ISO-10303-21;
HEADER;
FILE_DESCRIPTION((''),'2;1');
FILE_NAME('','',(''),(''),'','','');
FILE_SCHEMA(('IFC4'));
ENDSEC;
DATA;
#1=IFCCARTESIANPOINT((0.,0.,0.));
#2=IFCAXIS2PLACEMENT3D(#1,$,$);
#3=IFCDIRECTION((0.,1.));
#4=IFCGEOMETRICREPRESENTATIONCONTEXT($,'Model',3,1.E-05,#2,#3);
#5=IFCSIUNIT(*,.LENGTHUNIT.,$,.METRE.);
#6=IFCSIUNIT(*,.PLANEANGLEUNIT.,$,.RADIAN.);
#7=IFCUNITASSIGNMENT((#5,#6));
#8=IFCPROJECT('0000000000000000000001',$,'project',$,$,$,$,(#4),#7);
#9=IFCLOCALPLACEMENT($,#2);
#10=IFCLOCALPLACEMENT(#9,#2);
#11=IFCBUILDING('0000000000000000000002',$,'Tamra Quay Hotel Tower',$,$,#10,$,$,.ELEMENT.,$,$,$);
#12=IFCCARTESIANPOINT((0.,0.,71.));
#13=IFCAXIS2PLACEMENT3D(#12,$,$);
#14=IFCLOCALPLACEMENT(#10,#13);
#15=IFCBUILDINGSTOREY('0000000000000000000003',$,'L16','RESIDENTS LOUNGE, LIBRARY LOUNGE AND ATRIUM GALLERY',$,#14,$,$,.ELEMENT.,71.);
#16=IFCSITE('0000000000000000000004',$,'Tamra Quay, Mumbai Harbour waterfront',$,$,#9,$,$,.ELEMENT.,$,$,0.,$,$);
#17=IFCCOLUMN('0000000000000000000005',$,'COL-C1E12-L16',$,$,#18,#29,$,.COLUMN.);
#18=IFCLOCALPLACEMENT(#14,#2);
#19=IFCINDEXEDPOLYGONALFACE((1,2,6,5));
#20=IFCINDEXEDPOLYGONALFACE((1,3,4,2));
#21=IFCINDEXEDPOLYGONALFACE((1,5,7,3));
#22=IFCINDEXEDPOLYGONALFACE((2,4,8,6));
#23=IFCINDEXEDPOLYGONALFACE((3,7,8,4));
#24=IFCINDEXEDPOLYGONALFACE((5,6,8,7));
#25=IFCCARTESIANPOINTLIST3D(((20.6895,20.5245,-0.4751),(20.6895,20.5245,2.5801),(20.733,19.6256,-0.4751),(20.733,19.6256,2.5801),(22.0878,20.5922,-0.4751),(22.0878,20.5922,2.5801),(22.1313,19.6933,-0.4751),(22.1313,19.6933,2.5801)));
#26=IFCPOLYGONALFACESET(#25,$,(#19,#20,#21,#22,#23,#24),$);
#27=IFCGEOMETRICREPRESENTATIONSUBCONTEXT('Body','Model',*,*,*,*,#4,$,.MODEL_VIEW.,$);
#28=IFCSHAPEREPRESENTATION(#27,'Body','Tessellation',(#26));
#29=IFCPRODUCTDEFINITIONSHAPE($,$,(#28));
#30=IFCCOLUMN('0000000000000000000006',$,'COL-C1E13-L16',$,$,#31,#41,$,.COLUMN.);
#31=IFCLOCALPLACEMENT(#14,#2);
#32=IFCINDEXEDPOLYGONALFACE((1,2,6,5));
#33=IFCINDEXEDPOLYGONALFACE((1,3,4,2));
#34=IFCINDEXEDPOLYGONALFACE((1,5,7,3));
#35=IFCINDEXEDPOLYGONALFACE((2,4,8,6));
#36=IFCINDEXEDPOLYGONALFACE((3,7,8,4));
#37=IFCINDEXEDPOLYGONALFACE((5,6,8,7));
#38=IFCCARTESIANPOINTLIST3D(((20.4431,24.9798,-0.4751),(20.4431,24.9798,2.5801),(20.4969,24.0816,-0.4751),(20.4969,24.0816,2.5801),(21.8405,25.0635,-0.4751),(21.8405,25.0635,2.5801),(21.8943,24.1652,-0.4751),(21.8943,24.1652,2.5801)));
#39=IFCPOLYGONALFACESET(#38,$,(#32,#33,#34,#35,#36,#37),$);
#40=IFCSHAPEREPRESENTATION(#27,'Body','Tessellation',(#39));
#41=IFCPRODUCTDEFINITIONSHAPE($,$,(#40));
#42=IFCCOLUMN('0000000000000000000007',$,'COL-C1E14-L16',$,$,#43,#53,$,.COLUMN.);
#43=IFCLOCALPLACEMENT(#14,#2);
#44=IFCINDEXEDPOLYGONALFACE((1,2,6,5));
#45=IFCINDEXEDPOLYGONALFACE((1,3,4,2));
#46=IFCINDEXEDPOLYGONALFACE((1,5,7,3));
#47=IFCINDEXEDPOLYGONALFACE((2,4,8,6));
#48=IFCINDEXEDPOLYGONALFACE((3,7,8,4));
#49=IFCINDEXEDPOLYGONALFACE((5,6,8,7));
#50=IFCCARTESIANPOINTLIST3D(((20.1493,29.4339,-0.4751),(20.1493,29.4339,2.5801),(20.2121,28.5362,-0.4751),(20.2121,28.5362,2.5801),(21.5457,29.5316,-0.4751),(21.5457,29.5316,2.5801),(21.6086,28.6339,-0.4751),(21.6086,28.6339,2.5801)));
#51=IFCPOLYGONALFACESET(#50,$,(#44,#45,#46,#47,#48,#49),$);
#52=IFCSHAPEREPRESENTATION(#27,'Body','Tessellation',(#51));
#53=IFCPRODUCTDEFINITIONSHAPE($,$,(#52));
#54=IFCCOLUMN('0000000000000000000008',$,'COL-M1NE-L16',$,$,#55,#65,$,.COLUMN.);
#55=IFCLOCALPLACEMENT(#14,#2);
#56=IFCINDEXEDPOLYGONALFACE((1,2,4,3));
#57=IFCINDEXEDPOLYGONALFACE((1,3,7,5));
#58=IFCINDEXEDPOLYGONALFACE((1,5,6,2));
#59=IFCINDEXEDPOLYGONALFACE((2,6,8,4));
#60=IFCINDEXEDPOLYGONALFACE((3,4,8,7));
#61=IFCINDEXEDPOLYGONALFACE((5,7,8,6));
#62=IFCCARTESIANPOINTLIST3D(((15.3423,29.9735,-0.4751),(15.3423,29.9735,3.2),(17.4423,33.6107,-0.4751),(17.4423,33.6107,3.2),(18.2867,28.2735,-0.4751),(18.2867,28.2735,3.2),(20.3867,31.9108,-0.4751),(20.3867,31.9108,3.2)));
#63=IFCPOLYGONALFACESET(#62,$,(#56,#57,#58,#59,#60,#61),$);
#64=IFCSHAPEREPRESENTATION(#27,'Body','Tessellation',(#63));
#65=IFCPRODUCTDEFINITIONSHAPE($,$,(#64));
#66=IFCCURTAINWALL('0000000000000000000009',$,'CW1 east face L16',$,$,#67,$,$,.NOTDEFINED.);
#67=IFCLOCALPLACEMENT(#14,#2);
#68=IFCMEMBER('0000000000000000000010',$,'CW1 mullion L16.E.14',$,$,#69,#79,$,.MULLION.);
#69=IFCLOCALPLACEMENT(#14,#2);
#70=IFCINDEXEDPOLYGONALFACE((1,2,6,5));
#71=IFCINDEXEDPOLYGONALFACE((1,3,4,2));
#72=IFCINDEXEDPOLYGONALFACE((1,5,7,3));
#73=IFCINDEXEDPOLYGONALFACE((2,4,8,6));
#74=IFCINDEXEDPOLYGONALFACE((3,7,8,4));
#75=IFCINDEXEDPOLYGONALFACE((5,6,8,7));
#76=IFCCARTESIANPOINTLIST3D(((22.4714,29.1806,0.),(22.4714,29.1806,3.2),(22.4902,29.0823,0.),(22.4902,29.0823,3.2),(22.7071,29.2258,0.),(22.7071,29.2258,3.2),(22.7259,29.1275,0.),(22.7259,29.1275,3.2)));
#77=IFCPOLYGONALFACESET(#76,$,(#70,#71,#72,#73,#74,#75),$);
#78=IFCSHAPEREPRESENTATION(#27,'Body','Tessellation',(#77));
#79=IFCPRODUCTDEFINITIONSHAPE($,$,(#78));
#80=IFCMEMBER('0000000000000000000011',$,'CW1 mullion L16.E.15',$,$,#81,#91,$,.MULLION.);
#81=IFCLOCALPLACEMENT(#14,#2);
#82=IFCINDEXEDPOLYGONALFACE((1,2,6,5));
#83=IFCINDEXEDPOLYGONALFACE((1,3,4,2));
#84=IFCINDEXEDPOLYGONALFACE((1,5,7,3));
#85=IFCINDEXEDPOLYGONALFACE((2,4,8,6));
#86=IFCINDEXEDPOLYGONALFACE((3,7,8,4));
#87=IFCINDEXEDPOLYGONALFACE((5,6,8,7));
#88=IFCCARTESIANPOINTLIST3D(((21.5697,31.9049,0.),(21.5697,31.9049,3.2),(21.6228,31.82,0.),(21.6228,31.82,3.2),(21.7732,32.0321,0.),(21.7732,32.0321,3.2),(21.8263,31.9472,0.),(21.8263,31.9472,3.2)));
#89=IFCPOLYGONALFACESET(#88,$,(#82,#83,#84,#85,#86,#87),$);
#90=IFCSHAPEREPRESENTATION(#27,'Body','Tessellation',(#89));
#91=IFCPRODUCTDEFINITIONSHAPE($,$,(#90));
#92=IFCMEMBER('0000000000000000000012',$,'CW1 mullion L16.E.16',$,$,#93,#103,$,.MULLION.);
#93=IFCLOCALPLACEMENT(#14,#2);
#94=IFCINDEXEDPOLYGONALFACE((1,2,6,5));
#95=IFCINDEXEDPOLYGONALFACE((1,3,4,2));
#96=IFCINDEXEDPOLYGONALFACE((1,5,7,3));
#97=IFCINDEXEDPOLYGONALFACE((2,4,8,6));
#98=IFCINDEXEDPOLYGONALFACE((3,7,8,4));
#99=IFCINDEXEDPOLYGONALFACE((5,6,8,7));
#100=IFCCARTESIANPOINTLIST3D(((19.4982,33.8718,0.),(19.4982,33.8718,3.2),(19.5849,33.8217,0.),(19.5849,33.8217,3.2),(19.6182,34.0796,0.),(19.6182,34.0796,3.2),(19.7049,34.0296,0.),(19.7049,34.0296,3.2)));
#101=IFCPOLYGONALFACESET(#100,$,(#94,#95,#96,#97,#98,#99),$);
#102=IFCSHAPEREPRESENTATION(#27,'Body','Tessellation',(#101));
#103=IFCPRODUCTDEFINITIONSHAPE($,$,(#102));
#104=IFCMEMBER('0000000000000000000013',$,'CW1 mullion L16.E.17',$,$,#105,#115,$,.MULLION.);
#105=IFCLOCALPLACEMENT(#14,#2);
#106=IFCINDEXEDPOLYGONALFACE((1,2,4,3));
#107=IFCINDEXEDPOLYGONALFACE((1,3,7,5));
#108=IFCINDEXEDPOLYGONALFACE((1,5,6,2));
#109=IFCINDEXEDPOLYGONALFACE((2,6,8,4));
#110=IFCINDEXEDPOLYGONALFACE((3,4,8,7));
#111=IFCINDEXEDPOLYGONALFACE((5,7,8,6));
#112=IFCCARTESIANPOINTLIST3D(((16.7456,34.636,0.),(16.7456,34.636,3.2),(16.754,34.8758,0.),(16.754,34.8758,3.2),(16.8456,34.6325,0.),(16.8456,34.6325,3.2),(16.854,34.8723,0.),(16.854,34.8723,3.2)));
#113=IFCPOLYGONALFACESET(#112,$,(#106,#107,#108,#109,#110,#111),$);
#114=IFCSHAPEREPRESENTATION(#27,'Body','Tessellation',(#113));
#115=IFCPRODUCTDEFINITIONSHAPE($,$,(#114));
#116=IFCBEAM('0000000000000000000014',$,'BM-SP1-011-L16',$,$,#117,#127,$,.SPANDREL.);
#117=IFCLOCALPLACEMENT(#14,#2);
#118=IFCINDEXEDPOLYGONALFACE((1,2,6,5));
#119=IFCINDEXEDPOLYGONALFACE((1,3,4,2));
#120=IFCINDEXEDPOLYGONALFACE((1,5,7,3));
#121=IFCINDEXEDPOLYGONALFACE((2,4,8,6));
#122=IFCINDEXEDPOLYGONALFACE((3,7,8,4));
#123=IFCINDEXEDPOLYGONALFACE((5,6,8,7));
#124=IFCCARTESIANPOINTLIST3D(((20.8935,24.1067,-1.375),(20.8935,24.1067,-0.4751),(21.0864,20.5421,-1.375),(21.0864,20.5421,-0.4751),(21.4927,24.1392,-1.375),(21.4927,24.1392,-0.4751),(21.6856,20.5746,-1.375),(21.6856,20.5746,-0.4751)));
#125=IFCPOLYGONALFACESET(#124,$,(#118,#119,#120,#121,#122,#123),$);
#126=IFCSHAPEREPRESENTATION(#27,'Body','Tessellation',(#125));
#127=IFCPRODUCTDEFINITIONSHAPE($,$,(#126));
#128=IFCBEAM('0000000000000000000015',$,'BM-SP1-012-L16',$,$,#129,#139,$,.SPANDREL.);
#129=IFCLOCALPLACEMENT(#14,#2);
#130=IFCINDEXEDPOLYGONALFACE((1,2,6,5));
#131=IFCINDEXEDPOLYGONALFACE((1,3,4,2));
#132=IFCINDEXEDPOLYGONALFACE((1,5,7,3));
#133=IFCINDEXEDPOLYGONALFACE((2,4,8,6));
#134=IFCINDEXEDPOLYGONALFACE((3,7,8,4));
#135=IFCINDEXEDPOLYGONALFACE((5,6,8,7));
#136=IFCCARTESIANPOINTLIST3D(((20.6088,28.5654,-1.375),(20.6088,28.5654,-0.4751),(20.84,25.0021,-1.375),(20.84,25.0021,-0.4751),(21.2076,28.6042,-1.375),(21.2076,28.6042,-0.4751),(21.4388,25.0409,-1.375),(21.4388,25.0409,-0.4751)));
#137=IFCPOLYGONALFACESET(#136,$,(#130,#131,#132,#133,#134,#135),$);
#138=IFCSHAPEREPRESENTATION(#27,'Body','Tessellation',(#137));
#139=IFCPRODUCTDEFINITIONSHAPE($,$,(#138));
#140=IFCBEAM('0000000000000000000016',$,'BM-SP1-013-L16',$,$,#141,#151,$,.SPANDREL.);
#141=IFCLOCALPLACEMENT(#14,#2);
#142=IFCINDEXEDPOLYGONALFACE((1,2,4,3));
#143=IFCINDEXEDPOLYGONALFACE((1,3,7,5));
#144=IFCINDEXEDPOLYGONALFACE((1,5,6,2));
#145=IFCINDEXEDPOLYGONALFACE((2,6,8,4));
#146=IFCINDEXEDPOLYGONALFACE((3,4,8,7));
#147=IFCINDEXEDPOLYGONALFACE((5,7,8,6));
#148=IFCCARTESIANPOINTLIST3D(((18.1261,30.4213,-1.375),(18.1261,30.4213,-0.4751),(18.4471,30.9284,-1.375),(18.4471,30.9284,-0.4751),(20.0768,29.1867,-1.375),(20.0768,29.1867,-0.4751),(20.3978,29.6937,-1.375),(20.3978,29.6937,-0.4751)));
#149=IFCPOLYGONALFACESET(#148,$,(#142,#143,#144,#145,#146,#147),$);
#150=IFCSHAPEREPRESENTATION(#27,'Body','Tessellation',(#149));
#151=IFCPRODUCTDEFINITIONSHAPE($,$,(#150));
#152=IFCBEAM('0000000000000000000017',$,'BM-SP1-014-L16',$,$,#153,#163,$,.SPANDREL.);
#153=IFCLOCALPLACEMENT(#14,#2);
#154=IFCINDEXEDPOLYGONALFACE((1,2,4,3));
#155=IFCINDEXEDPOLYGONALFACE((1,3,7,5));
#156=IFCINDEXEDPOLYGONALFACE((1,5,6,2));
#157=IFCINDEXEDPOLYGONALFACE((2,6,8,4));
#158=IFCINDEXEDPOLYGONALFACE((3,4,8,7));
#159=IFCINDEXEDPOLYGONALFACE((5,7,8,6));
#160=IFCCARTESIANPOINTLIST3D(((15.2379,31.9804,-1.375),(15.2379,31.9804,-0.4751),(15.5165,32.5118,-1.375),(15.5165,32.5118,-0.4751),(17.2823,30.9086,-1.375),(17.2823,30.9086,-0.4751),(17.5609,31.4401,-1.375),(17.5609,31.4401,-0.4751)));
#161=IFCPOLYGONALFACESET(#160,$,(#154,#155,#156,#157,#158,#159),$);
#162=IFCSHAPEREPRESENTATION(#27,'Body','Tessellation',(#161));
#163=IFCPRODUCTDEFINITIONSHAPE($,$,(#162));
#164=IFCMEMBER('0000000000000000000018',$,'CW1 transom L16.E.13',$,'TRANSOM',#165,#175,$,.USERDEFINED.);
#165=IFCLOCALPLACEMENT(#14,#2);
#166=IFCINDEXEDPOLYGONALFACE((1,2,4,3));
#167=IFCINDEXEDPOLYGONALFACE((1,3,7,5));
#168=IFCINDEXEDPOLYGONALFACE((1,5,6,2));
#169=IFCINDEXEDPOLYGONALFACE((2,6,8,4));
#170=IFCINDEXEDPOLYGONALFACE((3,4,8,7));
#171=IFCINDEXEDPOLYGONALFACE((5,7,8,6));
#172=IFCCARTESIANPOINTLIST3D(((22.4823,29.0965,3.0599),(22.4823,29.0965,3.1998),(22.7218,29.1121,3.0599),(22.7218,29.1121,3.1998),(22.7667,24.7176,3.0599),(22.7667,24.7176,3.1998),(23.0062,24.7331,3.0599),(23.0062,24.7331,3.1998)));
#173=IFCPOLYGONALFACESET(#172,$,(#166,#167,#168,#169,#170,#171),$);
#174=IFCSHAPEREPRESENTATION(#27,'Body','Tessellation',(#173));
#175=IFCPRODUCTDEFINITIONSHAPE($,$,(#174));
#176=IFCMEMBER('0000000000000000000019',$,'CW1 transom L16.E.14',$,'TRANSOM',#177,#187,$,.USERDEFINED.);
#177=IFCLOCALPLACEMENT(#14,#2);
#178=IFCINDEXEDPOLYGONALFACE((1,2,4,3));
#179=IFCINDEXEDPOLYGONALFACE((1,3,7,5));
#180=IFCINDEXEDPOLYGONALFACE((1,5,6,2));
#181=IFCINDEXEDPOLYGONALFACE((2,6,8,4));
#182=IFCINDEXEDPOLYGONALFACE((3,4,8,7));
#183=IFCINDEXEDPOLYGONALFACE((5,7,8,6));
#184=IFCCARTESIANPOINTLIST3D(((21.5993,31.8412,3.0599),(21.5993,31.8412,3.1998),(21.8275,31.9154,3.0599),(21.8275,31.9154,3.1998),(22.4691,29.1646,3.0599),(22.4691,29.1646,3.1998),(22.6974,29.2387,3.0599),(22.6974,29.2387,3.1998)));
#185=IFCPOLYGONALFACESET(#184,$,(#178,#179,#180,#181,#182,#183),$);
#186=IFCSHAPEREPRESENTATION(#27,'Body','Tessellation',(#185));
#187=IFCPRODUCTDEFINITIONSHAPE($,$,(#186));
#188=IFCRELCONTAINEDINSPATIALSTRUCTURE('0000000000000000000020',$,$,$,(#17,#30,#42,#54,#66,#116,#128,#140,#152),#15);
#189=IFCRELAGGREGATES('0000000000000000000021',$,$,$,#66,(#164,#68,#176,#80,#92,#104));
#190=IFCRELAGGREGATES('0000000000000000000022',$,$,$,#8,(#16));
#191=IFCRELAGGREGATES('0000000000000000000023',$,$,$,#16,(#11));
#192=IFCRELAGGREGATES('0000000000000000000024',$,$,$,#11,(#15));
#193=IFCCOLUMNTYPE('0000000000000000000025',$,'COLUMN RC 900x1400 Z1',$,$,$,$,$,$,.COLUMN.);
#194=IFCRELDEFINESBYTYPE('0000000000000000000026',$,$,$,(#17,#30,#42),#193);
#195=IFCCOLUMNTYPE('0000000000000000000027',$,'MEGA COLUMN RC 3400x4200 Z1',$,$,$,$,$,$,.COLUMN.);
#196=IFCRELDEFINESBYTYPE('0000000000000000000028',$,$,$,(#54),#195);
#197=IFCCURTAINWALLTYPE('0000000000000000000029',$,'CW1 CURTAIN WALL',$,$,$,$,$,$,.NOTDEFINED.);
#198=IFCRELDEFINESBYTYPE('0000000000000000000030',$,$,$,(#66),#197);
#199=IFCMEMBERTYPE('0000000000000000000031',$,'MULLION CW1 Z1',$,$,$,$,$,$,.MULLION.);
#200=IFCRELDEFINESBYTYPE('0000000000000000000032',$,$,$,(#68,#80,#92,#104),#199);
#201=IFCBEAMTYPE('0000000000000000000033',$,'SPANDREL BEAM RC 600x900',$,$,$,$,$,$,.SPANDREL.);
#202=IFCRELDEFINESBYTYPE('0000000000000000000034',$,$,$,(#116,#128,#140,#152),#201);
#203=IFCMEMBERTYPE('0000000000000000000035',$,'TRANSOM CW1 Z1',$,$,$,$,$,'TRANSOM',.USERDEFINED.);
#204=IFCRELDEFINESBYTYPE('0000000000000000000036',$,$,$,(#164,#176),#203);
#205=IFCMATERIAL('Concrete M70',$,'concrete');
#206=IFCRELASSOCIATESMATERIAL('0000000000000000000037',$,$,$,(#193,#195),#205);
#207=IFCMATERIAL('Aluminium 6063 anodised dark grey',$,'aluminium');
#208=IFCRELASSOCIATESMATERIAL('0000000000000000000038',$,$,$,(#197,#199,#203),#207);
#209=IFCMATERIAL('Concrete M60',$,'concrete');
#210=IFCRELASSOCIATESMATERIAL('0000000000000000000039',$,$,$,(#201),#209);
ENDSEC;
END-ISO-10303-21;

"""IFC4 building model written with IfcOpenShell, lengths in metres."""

from ifc_helpers import new_model, si_unit, direction, frame, origin, origin_2d, place, context, subcontext, project, spatial, rectangle, extrude, material, material_profile, profile_set, type_object, element, aggregate, save


model = new_model("IFC4")

# Units and contexts
model_context = context("Model", 3, precision=1e-05, world=origin(), true_north=direction((0.0, 1.0)))
body_context = subcontext(model_context, "Body", "Model", "MODEL_VIEW")
ifc_project = project(units=[si_unit("LENGTHUNIT", "METRE"), si_unit("PLANEANGLEUNIT", "RADIAN")], contexts=[model_context])

# Site, building, storey
site_placement = place(None, origin())
site = spatial("IfcSite", under=ifc_project, at=site_placement, Name="Tamra Quay, Mumbai Harbour waterfront", CompositionType="ELEMENT", RefElevation=0.0)
building_placement = place(site_placement, origin())
building = spatial("IfcBuilding", under=site, at=building_placement, Name="Tamra Quay Hotel Tower", CompositionType="ELEMENT")
storey_placement = place(building_placement, frame((0.0, 0.0, 71.0)))
storey = spatial("IfcBuildingStorey", under=building, at=storey_placement, Name="L16", Description="RESIDENTS LOUNGE, LIBRARY LOUNGE AND ATRIUM GALLERY", CompositionType="ELEMENT", Elevation=71.0)

# Columns
ifc_material_1 = material(Name="Concrete M70", Category="concrete")
ifc_material_profile_1 = material_profile(ifc_material_1, rectangle(XDim=1.3999, YDim=0.8999, at=origin_2d()), Name="COLUMN RC 900x1400 Z1")
ifc_profile_set_1 = profile_set([ifc_material_profile_1], Name="Concrete M70")
column_type_1 = type_object("IfcColumnType", Name="COLUMN RC 900x1400 Z1", PredefinedType="COLUMN", material=ifc_profile_set_1)
for number, where, z_axis, x_axis, name in (
    (1, (21.4104, 20.1089, -0.4751), (0.0, 0.0, 1.0), (0.998831, 0.048344, 0.0), "COL-C1E12-L16"),
    (2, (21.1687, 24.5725, -0.4751), (0.0, 0.0, 1.0), (0.998214, 0.059733, 0.0), "COL-C1E13-L16"),
    (3, (20.8789, 29.0339, -0.4751), (0.0, 0.0, 1.0), (0.997562, 0.06979, 0.0), "COL-C1E14-L16"),
):
    element("IfcColumn", number, at=place(storey_placement, frame(where, z_axis=z_axis, x_axis=x_axis)), inside=storey, type_object=column_type_1, Name=name, PredefinedType="COLUMN", context=body_context, shape_type="SweptSolid", body=[
        extrude(rectangle(XDim=1.3999, YDim=0.8999, at=origin_2d()), origin(), (0.0, 0.0, 1.0), 3.0552),
    ])
ifc_material_profile_2 = material_profile(ifc_material_1, rectangle(XDim=4.2, YDim=3.3999, at=origin_2d()), Name="MEGA COLUMN RC 3400x4200 Z1")
ifc_profile_set_2 = profile_set([ifc_material_profile_2], Name="Concrete M70")
column_type_2 = type_object("IfcColumnType", Name="MEGA COLUMN RC 3400x4200 Z1", PredefinedType="COLUMN", material=ifc_profile_set_2)
column_placement = place(storey_placement, frame((17.8645, 30.9421, -0.4751), z_axis=(0.0, 0.0, 1.0), x_axis=(0.5, 0.866025, 0.0)))
element("IfcColumn", 4, at=column_placement, inside=storey, type_object=column_type_2, Name="COL-M1NE-L16", PredefinedType="COLUMN", context=body_context, shape_type="SweptSolid", body=[
    extrude(rectangle(XDim=4.2, YDim=3.3999, at=origin_2d()), origin(), (0.0, 0.0, 1.0), 3.675),
])

# Curtain wall, members
ifc_material_2 = material(Name="Aluminium 6063 anodised dark grey", Category="aluminium")
curtain_wall_type = type_object("IfcCurtainWallType", Name="CW1 CURTAIN WALL", PredefinedType="NOTDEFINED", material=ifc_material_2)
curtain_wall_placement = place(storey_placement, origin())
curtain_wall = element("IfcCurtainWall", 5, at=curtain_wall_placement, inside=storey, type_object=curtain_wall_type, Name="CW1 east face L16", PredefinedType="NOTDEFINED")
ifc_material_profile_3 = material_profile(ifc_material_2, rectangle(XDim=0.24, YDim=0.1001, at=origin_2d()), Name="MULLION 100X240")
ifc_profile_set_3 = profile_set([ifc_material_profile_3], Name="Aluminium 6063 anodised dark grey")
member_type_1 = type_object("IfcMemberType", Name="MULLION CW1 Z1", PredefinedType="MULLION", material=ifc_profile_set_3)
member_1_placement = place(storey_placement, frame((22.5986, 29.1541, 0.0), z_axis=(0.0, 0.0, 1.0), x_axis=(0.982095, 0.188389, 0.0)))
member_1 = element("IfcMember", 6, at=member_1_placement, type_object=member_type_1, Name="CW1 mullion L16.E.14", PredefinedType="MULLION", context=body_context, shape_type="SweptSolid", body=[
    extrude(rectangle(XDim=0.24, YDim=0.1001, at=origin_2d()), origin(), (0.0, 0.0, 1.0), 3.2),
])
member_2_placement = place(storey_placement, frame((21.698, 31.926, 0.0), z_axis=(0.0, 0.0, 1.0), x_axis=(0.848039, 0.529933, 0.0)))
member_2 = element("IfcMember", 7, at=member_2_placement, type_object=member_type_1, Name="CW1 mullion L16.E.15", PredefinedType="MULLION", context=body_context, shape_type="SweptSolid", body=[
    extrude(rectangle(XDim=0.24, YDim=0.1001, at=origin_2d()), origin(), (0.0, 0.0, 1.0), 3.2),
])
member_3_placement = place(storey_placement, frame((19.6016, 33.9507, 0.0), z_axis=(0.0, 0.0, 1.0), x_axis=(0.5, 0.866025, 0.0)))
member_3 = element("IfcMember", 8, at=member_3_placement, type_object=member_type_1, Name="CW1 mullion L16.E.16", PredefinedType="MULLION", context=body_context, shape_type="SweptSolid", body=[
    extrude(rectangle(XDim=0.24, YDim=0.1001, at=origin_2d()), origin(), (0.0, 0.0, 1.0), 3.2),
])
member_4_placement = place(storey_placement, frame((16.7998, 34.7542, 0.0), z_axis=(0.0, 0.0, 1.0), x_axis=(0.034916, 0.99939, 0.0)))
member_4 = element("IfcMember", 9, at=member_4_placement, type_object=member_type_1, Name="CW1 mullion L16.E.17", PredefinedType="MULLION", context=body_context, shape_type="SweptSolid", body=[
    extrude(rectangle(XDim=0.24, YDim=0.1001, at=origin_2d()), origin(), (0.0, 0.0, 1.0), 3.2),
])

# Beams
ifc_material_3 = material(Name="Concrete M60", Category="concrete")
ifc_material_profile_4 = material_profile(ifc_material_3, rectangle(XDim=0.6001, YDim=0.8999, at=origin_2d()), Name="SPANDREL BEAM RC 600x900")
ifc_profile_set_4 = profile_set([ifc_material_profile_4], Name="Concrete M60")
beam_type = type_object("IfcBeamType", Name="SPANDREL BEAM RC 600x900", PredefinedType="SPANDREL", material=ifc_profile_set_4)
beam_1_placement = place(storey_placement, frame((21.386, 20.5583, -0.925), z_axis=(-0.054027, 0.998539, 0.0), x_axis=(-0.998539, -0.054027, 0.0)))
element("IfcBeam", 10, at=beam_1_placement, inside=storey, type_object=beam_type, Name="BM-SP1-011-L16", PredefinedType="SPANDREL", context=body_context, shape_type="SweptSolid", body=[
    extrude(rectangle(XDim=0.6001, YDim=0.8999, at=origin_2d()), origin(), (0.0, 0.0, 1.0), 3.5698),
])
beam_2_placement = place(storey_placement, frame((21.1394, 25.0215, -0.925), z_axis=(-0.064749, 0.997902, 0.0), x_axis=(-0.997902, -0.064749, 0.0)))
element("IfcBeam", 11, at=beam_2_placement, inside=storey, type_object=beam_type, Name="BM-SP1-012-L16", PredefinedType="SPANDREL", context=body_context, shape_type="SweptSolid", body=[
    extrude(rectangle(XDim=0.6001, YDim=0.8999, at=origin_2d()), origin(), (0.0, 0.0, 1.0), 3.5708),
])
beam_3_placement = place(storey_placement, frame((20.2373, 29.4402, -0.925), z_axis=(-0.844978, 0.5348, 0.0), x_axis=(-0.5348, -0.844978, 0.0)))
element("IfcBeam", 12, at=beam_3_placement, inside=storey, type_object=beam_type, Name="BM-SP1-013-L16", PredefinedType="SPANDREL", context=body_context, shape_type="SweptSolid", body=[
    extrude(rectangle(XDim=0.6001, YDim=0.8999, at=origin_2d()), origin(), (0.0, 0.0, 1.0), 2.3086),
])
beam_4_placement = place(storey_placement, frame((17.4216, 31.1743, -0.925), z_axis=(-0.885674, 0.464307, 0.0), x_axis=(-0.464307, -0.885674, 0.0)))
element("IfcBeam", 13, at=beam_4_placement, inside=storey, type_object=beam_type, Name="BM-SP1-014-L16", PredefinedType="SPANDREL", context=body_context, shape_type="SweptSolid", body=[
    extrude(rectangle(XDim=0.6001, YDim=0.8999, at=origin_2d()), origin(), (0.0, 0.0, 1.0), 2.3083),
])

# Members
ifc_material_profile_5 = material_profile(ifc_material_2, rectangle(XDim=0.24, YDim=0.1399, at=origin_2d()), Name="TRANSOM 240X140")
ifc_profile_set_5 = profile_set([ifc_material_profile_5], Name="Aluminium 6063 anodised dark grey")
member_type_2 = type_object("IfcMemberType", Name="TRANSOM CW1 Z1", ElementType="TRANSOM", PredefinedType="USERDEFINED", material=ifc_profile_set_5)
member_5_placement = place(storey_placement, frame((22.8865, 24.7253, 3.1299), z_axis=(-0.064817, 0.997897, 0.0), x_axis=(-0.997897, -0.064817, 0.0)))
member_5 = element("IfcMember", 14, at=member_5_placement, type_object=member_type_2, Name="CW1 transom L16.E.13", ObjectType="TRANSOM", PredefinedType="USERDEFINED", context=body_context, shape_type="SweptSolid", body=[
    extrude(rectangle(XDim=0.24, YDim=0.1399, at=origin_2d()), origin(), (0.0, 0.0, 1.0), 4.3882),
])
member_6_placement = place(storey_placement, frame((22.5833, 29.2017, 3.1299), z_axis=(-0.309063, 0.951042, 0.0), x_axis=(-0.951042, -0.309063, 0.0)))
member_6 = element("IfcMember", 15, at=member_6_placement, type_object=member_type_2, Name="CW1 transom L16.E.14", ObjectType="TRANSOM", PredefinedType="USERDEFINED", context=body_context, shape_type="SweptSolid", body=[
    extrude(rectangle(XDim=0.24, YDim=0.1399, at=origin_2d()), origin(), (0.0, 0.0, 1.0), 2.8145),
])

aggregate(curtain_wall, [member_5, member_1, member_6, member_2, member_3, member_4])

save(model, "model.ifc")
